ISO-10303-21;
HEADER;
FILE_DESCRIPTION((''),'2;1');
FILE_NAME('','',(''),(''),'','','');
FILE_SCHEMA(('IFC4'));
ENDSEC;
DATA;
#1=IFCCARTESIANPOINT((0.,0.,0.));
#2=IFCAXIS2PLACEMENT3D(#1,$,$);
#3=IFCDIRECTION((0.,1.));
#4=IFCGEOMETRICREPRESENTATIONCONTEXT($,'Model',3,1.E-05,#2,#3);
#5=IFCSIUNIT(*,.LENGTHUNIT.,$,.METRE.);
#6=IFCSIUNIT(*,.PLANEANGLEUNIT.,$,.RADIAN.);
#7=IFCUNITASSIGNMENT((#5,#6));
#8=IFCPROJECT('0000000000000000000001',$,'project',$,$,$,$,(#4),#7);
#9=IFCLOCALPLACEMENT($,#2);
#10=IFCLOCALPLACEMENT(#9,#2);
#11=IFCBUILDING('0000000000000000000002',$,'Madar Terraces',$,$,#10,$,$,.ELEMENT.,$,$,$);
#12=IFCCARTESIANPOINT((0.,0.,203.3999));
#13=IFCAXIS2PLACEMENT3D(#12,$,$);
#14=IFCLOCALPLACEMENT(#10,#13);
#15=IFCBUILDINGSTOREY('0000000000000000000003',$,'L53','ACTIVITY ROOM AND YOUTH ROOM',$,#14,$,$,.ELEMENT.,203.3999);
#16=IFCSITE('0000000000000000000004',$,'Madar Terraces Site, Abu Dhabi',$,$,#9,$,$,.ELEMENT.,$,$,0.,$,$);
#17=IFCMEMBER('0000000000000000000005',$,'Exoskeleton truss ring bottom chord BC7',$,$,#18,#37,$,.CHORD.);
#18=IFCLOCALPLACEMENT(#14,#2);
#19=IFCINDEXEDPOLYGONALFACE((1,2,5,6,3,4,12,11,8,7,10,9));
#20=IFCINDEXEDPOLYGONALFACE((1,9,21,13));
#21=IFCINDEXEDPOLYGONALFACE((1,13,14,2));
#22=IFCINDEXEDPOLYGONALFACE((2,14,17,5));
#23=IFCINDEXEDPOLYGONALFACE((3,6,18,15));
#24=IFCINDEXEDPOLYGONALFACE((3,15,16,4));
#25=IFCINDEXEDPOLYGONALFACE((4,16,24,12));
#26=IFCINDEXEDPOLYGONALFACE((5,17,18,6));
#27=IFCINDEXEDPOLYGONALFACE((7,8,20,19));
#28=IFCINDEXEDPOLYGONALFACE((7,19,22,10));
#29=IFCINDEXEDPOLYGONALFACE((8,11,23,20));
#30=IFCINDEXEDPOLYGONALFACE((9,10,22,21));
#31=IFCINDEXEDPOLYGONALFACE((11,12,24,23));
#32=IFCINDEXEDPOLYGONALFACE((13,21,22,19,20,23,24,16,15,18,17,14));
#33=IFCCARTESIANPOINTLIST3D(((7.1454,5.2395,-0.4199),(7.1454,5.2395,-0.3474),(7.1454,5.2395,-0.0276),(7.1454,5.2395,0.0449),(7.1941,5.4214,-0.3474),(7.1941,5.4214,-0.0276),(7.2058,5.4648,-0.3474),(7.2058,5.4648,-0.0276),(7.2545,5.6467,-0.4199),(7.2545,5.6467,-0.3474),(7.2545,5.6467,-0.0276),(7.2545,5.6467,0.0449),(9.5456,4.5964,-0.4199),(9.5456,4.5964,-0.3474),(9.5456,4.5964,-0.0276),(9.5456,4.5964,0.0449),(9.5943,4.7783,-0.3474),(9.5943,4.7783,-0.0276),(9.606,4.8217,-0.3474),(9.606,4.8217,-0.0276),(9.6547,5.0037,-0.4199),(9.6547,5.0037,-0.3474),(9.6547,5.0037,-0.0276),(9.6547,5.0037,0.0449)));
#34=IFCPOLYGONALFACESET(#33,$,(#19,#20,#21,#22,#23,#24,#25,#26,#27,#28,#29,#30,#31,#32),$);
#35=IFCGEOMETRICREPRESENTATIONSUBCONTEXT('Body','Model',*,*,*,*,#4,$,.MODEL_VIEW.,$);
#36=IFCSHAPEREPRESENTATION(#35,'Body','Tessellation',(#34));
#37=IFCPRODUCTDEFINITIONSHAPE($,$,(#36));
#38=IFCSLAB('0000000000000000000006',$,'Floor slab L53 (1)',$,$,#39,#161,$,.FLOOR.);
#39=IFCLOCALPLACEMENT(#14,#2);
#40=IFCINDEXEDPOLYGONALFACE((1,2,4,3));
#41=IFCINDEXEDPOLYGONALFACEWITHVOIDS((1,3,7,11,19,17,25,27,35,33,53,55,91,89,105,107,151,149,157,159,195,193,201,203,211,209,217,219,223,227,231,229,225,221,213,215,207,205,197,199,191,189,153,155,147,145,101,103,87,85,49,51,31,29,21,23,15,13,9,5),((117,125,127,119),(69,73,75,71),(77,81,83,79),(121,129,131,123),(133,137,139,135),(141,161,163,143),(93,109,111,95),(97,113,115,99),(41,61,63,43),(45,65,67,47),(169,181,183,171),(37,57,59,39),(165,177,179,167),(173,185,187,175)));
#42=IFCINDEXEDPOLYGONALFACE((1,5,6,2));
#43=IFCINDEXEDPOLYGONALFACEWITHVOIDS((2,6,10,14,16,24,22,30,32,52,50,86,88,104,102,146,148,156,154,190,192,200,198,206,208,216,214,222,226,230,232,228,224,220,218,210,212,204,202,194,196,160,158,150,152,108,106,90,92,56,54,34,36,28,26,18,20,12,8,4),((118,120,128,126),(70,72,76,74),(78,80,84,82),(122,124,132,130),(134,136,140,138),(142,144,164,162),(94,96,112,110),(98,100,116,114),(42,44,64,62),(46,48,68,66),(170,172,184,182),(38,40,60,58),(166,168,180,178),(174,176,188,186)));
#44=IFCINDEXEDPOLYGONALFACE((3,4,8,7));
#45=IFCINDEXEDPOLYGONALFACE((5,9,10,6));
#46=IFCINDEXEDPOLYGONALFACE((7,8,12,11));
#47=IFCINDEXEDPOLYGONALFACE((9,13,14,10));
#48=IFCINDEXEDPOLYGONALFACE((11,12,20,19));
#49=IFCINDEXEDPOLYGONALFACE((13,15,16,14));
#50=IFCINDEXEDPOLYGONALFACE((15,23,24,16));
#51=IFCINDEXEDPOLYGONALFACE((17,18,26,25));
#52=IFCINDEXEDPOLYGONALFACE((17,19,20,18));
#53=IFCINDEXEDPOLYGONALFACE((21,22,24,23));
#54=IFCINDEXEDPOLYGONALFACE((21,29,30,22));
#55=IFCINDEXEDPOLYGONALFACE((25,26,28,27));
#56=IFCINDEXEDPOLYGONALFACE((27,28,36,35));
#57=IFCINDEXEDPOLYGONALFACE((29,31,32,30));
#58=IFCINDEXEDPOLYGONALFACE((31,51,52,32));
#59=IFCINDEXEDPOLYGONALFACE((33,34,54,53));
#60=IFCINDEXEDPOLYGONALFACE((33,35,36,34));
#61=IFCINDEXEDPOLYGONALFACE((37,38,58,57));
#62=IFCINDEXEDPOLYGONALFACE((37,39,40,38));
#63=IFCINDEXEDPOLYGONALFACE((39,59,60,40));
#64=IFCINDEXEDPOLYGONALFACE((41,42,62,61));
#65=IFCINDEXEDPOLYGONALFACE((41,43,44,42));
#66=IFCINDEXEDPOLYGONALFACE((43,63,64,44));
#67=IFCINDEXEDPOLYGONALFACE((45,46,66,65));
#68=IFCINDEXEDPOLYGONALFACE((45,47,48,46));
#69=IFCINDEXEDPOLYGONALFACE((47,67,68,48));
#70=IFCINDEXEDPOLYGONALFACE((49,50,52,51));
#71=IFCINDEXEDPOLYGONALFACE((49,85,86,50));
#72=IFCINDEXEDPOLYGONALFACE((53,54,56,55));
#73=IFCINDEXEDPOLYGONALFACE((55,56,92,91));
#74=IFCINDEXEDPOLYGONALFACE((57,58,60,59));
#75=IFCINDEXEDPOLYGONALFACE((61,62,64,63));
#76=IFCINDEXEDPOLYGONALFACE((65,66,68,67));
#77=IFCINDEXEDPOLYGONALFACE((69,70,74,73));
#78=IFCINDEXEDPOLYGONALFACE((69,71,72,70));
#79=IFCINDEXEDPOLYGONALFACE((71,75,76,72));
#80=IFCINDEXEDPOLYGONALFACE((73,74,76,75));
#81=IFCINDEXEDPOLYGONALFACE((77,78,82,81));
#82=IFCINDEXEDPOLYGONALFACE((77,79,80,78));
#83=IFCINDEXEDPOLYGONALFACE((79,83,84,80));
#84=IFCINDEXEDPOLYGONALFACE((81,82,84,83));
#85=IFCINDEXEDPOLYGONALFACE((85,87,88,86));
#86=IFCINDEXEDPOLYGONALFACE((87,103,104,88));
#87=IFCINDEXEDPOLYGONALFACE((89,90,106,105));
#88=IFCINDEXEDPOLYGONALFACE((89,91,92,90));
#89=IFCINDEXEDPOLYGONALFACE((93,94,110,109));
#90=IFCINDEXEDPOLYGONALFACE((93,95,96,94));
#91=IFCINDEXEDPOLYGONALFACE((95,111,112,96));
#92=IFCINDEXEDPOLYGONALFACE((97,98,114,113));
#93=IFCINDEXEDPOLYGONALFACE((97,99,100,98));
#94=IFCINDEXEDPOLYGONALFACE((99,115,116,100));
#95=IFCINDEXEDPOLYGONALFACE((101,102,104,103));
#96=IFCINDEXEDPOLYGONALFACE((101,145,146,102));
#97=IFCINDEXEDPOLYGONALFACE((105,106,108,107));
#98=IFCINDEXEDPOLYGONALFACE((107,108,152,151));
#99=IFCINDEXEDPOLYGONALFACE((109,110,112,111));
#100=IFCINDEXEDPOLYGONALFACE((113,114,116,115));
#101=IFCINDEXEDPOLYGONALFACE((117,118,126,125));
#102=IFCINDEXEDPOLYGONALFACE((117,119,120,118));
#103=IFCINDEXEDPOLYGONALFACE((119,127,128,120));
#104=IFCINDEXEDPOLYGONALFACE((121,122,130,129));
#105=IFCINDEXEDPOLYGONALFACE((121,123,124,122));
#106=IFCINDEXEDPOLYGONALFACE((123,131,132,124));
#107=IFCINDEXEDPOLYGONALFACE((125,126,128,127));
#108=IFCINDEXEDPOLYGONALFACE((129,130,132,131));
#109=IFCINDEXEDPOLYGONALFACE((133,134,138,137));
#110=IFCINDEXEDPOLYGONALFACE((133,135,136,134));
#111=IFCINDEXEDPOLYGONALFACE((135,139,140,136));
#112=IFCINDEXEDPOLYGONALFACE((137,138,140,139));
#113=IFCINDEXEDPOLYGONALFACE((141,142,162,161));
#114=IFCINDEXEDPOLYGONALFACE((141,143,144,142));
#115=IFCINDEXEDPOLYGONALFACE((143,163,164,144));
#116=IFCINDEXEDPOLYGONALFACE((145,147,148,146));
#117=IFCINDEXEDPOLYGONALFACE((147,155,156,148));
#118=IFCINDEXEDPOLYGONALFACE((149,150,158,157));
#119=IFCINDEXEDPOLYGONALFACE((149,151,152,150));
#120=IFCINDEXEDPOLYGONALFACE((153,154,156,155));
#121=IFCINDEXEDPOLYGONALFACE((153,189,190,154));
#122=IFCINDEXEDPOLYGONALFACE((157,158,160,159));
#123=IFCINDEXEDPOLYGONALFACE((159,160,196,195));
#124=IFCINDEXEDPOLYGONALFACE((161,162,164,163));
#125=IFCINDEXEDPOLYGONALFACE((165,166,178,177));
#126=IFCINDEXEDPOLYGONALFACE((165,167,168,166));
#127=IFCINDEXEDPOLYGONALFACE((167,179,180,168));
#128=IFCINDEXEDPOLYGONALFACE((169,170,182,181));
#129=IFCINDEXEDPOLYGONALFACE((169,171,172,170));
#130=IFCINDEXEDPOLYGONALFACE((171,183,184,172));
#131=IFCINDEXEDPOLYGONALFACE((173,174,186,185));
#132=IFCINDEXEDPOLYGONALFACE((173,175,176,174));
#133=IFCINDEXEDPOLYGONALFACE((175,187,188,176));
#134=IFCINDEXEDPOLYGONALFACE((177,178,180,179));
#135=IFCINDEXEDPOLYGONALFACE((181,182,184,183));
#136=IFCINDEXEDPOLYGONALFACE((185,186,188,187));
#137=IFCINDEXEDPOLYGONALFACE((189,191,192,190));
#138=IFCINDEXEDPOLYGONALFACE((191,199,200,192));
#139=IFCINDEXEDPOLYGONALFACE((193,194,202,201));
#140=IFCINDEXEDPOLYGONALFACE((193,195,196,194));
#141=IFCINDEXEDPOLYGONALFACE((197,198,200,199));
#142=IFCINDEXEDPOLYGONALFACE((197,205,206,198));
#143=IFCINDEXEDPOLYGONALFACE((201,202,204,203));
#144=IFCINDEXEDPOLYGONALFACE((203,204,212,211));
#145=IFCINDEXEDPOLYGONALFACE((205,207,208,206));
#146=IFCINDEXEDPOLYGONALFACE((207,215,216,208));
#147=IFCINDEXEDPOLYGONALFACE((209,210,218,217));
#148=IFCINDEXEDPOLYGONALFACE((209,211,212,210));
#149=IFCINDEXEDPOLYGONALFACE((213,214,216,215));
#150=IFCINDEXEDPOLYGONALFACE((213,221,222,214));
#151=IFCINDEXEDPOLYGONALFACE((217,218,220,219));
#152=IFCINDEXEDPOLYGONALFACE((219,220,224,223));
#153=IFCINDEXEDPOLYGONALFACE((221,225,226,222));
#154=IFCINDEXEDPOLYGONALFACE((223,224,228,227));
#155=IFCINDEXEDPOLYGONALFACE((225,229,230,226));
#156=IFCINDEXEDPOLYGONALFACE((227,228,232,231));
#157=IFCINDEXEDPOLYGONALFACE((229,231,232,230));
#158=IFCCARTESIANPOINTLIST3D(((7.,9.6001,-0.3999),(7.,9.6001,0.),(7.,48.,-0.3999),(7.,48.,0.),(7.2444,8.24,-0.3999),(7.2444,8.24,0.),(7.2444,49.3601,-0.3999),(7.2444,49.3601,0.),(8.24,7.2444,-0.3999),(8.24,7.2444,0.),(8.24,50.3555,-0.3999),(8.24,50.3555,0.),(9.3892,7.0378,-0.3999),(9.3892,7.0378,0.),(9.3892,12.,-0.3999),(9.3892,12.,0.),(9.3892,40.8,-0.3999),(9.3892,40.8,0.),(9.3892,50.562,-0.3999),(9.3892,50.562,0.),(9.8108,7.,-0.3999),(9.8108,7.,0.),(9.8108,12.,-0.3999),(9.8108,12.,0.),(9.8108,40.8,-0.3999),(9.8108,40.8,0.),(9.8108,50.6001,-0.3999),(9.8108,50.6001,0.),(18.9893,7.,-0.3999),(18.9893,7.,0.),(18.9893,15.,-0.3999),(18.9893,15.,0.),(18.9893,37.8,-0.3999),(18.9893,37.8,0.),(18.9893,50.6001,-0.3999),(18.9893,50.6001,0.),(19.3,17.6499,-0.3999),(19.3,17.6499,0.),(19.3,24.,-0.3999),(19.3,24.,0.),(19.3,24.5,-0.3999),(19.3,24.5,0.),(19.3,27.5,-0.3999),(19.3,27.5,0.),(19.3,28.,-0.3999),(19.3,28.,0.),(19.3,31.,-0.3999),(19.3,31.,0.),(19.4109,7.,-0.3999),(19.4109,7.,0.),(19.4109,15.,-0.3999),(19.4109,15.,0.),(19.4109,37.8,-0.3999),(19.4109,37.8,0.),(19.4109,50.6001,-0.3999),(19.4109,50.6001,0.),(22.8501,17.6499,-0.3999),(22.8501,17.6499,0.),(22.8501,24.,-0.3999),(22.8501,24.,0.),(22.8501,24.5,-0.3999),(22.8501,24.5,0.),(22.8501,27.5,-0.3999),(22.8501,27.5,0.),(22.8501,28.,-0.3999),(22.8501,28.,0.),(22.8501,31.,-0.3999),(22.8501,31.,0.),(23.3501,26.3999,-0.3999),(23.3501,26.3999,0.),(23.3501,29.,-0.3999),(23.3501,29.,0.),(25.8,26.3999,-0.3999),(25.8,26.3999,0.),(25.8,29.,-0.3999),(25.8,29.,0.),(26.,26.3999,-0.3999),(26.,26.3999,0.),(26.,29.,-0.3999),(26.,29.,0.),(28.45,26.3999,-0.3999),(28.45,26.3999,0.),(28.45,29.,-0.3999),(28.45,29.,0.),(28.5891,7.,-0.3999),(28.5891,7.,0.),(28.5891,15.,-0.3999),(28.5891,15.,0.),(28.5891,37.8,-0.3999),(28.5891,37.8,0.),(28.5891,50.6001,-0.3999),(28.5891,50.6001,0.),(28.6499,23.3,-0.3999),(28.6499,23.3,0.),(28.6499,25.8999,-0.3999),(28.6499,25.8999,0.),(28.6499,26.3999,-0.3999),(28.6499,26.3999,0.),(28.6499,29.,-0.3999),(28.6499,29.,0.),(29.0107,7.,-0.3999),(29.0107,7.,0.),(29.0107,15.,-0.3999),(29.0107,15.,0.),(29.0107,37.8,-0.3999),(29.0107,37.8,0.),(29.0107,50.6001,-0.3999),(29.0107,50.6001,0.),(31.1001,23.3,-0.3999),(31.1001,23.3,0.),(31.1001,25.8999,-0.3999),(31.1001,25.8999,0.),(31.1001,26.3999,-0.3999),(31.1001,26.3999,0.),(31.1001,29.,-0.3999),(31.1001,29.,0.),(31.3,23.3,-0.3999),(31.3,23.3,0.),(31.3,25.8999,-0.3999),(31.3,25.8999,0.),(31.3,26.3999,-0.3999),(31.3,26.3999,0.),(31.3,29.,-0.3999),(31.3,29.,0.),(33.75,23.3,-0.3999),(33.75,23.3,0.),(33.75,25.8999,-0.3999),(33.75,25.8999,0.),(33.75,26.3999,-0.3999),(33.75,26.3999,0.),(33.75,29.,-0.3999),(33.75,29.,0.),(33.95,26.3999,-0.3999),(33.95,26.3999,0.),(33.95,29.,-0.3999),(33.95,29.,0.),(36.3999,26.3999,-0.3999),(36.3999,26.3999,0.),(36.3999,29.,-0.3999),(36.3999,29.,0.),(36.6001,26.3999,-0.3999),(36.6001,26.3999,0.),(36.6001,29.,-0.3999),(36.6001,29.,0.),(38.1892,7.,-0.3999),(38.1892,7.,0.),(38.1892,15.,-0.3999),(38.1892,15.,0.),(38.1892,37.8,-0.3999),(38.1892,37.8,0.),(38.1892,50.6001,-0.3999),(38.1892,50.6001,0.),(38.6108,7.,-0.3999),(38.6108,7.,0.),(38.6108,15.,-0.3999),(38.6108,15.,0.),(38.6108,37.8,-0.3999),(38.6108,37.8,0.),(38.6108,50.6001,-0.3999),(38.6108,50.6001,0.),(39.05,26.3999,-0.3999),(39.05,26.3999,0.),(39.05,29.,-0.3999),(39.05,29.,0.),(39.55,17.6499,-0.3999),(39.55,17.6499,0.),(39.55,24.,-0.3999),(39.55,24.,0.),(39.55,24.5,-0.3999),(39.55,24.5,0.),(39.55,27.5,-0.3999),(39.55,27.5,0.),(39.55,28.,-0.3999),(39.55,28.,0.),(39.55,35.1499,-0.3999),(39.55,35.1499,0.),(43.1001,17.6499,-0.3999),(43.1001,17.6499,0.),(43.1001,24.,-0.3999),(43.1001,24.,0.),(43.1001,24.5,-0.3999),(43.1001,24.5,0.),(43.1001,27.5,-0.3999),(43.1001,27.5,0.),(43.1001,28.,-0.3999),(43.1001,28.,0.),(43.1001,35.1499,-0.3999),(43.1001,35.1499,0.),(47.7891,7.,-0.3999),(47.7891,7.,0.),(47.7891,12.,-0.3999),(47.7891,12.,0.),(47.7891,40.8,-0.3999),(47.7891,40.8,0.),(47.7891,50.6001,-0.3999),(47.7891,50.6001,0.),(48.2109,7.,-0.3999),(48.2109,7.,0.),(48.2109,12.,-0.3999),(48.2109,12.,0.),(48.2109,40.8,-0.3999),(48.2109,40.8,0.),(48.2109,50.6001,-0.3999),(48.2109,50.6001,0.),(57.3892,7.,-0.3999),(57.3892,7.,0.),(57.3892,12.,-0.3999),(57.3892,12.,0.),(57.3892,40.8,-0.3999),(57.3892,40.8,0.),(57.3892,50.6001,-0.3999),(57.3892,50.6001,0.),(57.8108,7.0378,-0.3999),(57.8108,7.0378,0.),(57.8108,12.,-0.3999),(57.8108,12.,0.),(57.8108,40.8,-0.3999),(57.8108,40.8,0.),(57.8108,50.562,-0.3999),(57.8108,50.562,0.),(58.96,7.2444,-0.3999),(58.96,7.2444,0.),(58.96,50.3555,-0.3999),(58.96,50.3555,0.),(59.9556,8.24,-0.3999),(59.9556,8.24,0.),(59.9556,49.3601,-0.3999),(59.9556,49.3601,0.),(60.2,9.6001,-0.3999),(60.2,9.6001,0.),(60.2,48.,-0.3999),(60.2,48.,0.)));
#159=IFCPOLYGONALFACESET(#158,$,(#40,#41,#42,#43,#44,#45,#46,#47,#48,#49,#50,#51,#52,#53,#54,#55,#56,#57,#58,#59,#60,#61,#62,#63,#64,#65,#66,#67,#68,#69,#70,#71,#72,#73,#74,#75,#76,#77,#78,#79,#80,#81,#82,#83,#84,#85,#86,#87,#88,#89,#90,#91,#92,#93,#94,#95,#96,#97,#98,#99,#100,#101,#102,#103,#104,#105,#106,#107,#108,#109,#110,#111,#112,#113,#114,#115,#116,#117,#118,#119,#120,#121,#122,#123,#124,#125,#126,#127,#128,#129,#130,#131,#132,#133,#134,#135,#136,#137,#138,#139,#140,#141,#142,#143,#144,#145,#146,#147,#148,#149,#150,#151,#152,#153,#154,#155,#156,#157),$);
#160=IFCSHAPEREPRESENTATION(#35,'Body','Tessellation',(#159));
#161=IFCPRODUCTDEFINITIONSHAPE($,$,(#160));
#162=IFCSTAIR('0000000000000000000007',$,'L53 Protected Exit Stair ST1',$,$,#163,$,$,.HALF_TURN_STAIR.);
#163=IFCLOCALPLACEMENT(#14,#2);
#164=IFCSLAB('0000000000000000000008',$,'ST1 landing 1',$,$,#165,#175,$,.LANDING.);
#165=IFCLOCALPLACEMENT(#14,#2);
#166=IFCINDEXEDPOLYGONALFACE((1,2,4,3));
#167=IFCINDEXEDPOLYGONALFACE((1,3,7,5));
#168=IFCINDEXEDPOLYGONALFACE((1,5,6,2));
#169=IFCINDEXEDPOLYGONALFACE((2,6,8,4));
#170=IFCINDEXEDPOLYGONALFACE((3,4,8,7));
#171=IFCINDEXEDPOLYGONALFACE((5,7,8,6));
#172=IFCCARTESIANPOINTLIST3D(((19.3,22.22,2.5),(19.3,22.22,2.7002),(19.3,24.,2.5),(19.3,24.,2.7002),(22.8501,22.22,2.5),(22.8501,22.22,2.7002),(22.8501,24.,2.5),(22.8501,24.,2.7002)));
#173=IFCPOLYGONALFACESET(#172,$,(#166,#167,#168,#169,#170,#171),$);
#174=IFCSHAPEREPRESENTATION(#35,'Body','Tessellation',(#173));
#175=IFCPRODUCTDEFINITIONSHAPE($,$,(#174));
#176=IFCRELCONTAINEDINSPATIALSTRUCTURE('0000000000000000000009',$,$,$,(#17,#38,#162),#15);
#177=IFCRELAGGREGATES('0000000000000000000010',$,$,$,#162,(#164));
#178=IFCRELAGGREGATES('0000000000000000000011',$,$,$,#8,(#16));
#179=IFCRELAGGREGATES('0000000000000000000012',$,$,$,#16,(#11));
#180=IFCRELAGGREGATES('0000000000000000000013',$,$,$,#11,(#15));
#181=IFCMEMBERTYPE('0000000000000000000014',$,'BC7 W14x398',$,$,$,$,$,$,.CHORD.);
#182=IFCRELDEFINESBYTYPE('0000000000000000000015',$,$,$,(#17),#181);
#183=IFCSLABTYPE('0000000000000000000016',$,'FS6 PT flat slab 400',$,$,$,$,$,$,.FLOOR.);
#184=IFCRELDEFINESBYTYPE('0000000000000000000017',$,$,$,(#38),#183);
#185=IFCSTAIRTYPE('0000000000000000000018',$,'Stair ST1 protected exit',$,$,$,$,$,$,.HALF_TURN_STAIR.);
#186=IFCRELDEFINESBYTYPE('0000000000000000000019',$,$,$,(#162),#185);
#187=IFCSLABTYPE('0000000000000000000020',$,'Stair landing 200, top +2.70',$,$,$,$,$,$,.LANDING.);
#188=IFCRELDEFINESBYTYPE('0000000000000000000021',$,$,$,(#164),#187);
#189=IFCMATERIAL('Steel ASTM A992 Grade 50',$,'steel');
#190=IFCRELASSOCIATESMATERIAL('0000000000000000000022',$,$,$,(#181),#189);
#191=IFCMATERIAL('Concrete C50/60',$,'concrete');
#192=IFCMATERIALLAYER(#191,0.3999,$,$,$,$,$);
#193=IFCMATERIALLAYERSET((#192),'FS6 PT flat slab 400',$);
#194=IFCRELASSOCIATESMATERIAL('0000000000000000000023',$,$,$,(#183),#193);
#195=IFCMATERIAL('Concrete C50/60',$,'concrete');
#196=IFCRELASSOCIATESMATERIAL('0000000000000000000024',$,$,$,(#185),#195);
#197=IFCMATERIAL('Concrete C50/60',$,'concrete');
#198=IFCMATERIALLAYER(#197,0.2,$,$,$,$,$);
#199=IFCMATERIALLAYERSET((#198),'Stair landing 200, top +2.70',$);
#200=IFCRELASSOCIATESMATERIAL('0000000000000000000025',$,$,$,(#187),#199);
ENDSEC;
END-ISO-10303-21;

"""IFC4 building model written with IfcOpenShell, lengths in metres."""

from ifc_helpers import new_model, si_unit, direction, frame, origin, origin_2d, place, context, subcontext, project, spatial, polyline, i_section, outline, extrude, material, layer, layer_set, material_profile, profile_set, type_object, element, aggregate, save


model = new_model("IFC4")

# Units and contexts
model_context = context("Model", 3, precision=1e-05, world=origin(), true_north=direction((0.0, 1.0)))
body_context = subcontext(model_context, "Body", "Model", "MODEL_VIEW")
ifc_project = project(units=[si_unit("LENGTHUNIT", "METRE"), si_unit("PLANEANGLEUNIT", "RADIAN")], contexts=[model_context])

# Site, building, storey
site_placement = place(None, origin())
site = spatial("IfcSite", under=ifc_project, at=site_placement, Name="Madar Terraces Site, Abu Dhabi", CompositionType="ELEMENT", RefElevation=0.0)
building_placement = place(site_placement, origin())
building = spatial("IfcBuilding", under=site, at=building_placement, Name="Madar Terraces", CompositionType="ELEMENT")
storey_placement = place(building_placement, frame((0.0, 0.0, 203.3999)))
storey = spatial("IfcBuildingStorey", under=building, at=storey_placement, Name="L53", Description="ACTIVITY ROOM AND YOUTH ROOM", CompositionType="ELEMENT", Elevation=203.3999)

# Member
ifc_material_1 = material(Name="Steel ASTM A992 Grade 50", Category="steel")
ifc_material_profile = material_profile(ifc_material_1, i_section(OverallWidth=0.4216, OverallDepth=0.4648, WebThickness=0.0449, FlangeThickness=0.0725, at=origin_2d()), Name="W14x398")
ifc_profile_set = profile_set([ifc_material_profile], Name="Steel ASTM A992 Grade 50")
member_type = type_object("IfcMemberType", Name="BC7 W14x398", PredefinedType="CHORD", material=ifc_profile_set)
member_placement = place(storey_placement, frame((7.2, 5.4431, -0.1875), z_axis=(0.965931, -0.2588, 0.0), x_axis=(0.2588, 0.965931, 0.0)))
element("IfcMember", 1, at=member_placement, inside=storey, type_object=member_type, Name="Exoskeleton truss ring bottom chord BC7", PredefinedType="CHORD", context=body_context, shape_type="SweptSolid", body=[
    extrude(i_section(OverallWidth=0.4216, OverallDepth=0.4648, WebThickness=0.0449, FlangeThickness=0.0725, at=origin_2d()), origin(), (0.0, 0.0, 1.0), 2.4849),
])

# Slab
ifc_material_2 = material(Name="Concrete C50/60", Category="concrete")
ifc_layer_1 = layer(ifc_material_2, 0.3999)
ifc_layer_set_1 = layer_set([ifc_layer_1], Name="FS6 PT flat slab 400")
slab_type_1 = type_object("IfcSlabType", Name="FS6 PT flat slab 400", PredefinedType="FLOOR", material=ifc_layer_set_1)
slab_1_placement = place(storey_placement, frame((0.0, 0.0, -0.3999)))
element("IfcSlab", 2, at=slab_1_placement, inside=storey, type_object=slab_type_1, Name="Floor slab L53 (1)", PredefinedType="FLOOR", context=body_context, shape_type="SweptSolid", body=[
    extrude(outline(polyline([(48.2109, 12.0), (48.2109, 7.0), (57.3892, 7.0), (57.3892, 12.0), (57.8108, 12.0), (57.8108, 7.0378), (58.96, 7.2444), (59.9556, 8.24), (60.2, 9.6001), (60.2, 48.0), (59.9556, 49.3601), (58.96, 50.3555), (57.8108, 50.562), (57.8108, 40.8), (57.3892, 40.8), (57.3892, 50.6001), (48.2109, 50.6001), (48.2109, 40.8), (47.7891, 40.8), (47.7891, 50.6001), (38.6108, 50.6001), (38.6108, 37.8), (38.1892, 37.8), (38.1892, 50.6001), (29.0107, 50.6001), (29.0107, 37.8), (28.5891, 37.8), (28.5891, 50.6001), (19.4109, 50.6001), (19.4109, 37.8), (18.9893, 37.8), (18.9893, 50.6001), (9.8108, 50.6001), (9.8108, 40.8), (9.3892, 40.8), (9.3892, 50.562), (8.24, 50.3555), (7.2444, 49.3601), (7.0, 48.0), (7.0, 9.6001), (7.2444, 8.24), (8.24, 7.2444), (9.3892, 7.0378), (9.3892, 12.0), (9.8108, 12.0), (9.8108, 7.0), (18.9893, 7.0), (18.9893, 15.0), (19.4109, 15.0), (19.4109, 7.0), (28.5891, 7.0), (28.5891, 15.0), (29.0107, 15.0), (29.0107, 7.0), (38.1892, 7.0), (38.1892, 15.0), (38.6108, 15.0), (38.6108, 7.0), (47.7891, 7.0), (47.7891, 12.0), (48.2109, 12.0)]), holes=[polyline([(22.8501, 24.0), (22.8501, 17.6499), (19.3, 17.6499), (19.3, 24.0), (22.8501, 24.0)]), polyline([(31.1001, 23.3), (28.6499, 23.3), (28.6499, 25.8999), (31.1001, 25.8999), (31.1001, 23.3)]), polyline([(22.8501, 24.5), (19.3, 24.5), (19.3, 27.5), (22.8501, 27.5), (22.8501, 24.5)]), polyline([(25.8, 26.3999), (23.3501, 26.3999), (23.3501, 29.0), (25.8, 29.0), (25.8, 26.3999)]), polyline([(28.45, 26.3999), (26.0, 26.3999), (26.0, 29.0), (28.45, 29.0), (28.45, 26.3999)]), polyline([(31.1001, 26.3999), (28.6499, 26.3999), (28.6499, 29.0), (31.1001, 29.0), (31.1001, 26.3999)]), polyline([(22.8501, 28.0), (19.3, 28.0), (19.3, 31.0), (22.8501, 31.0), (22.8501, 28.0)]), polyline([(43.1001, 24.0), (43.1001, 17.6499), (39.55, 17.6499), (39.55, 24.0), (43.1001, 24.0)]), polyline([(33.75, 23.3), (31.3, 23.3), (31.3, 25.8999), (33.75, 25.8999), (33.75, 23.3)]), polyline([(43.1001, 24.5), (39.55, 24.5), (39.55, 27.5), (43.1001, 27.5), (43.1001, 24.5)]), polyline([(33.75, 26.3999), (31.3, 26.3999), (31.3, 29.0), (33.75, 29.0), (33.75, 26.3999)]), polyline([(36.3999, 26.3999), (33.95, 26.3999), (33.95, 29.0), (36.3999, 29.0), (36.3999, 26.3999)]), polyline([(39.05, 26.3999), (36.6001, 26.3999), (36.6001, 29.0), (39.05, 29.0), (39.05, 26.3999)]), polyline([(43.1001, 28.0), (39.55, 28.0), (39.55, 35.1499), (43.1001, 35.1499), (43.1001, 28.0)])]), origin(), (0.0, 0.0, 1.0), 0.3999),
])

# Stair, slab
ifc_material_3 = material(Name="Concrete C50/60", Category="concrete")
stair_type_1 = type_object("IfcStairType", Name="Stair ST1 protected exit", PredefinedType="HALF_TURN_STAIR", material=ifc_material_3)
stair_1_placement = place(storey_placement, origin())
stair_1 = element("IfcStair", 3, at=stair_1_placement, inside=storey, type_object=stair_type_1, Name="L53 Protected Exit Stair ST1", PredefinedType="HALF_TURN_STAIR")
ifc_material_4 = material(Name="Concrete C50/60", Category="concrete")
ifc_layer_2 = layer(ifc_material_4, 0.2)
ifc_layer_set_2 = layer_set([ifc_layer_2], Name="Stair landing 200, top +2.70")
slab_type_2 = type_object("IfcSlabType", Name="Stair landing 200, top +2.70", PredefinedType="LANDING", material=ifc_layer_set_2)
slab_2_placement = place(storey_placement, frame((0.0, 0.0, 2.5)))
slab_2 = element("IfcSlab", 4, at=slab_2_placement, type_object=slab_type_2, Name="ST1 landing 1", PredefinedType="LANDING", context=body_context, shape_type="SweptSolid", body=[
    extrude(outline(polyline([(19.3, 22.22), (22.8501, 22.22), (22.8501, 24.0), (19.3, 24.0), (19.3, 22.22)])), origin(), (0.0, 0.0, 1.0), 0.2002),
])
aggregate(stair_1, [slab_2])

save(model, "model.ifc")
